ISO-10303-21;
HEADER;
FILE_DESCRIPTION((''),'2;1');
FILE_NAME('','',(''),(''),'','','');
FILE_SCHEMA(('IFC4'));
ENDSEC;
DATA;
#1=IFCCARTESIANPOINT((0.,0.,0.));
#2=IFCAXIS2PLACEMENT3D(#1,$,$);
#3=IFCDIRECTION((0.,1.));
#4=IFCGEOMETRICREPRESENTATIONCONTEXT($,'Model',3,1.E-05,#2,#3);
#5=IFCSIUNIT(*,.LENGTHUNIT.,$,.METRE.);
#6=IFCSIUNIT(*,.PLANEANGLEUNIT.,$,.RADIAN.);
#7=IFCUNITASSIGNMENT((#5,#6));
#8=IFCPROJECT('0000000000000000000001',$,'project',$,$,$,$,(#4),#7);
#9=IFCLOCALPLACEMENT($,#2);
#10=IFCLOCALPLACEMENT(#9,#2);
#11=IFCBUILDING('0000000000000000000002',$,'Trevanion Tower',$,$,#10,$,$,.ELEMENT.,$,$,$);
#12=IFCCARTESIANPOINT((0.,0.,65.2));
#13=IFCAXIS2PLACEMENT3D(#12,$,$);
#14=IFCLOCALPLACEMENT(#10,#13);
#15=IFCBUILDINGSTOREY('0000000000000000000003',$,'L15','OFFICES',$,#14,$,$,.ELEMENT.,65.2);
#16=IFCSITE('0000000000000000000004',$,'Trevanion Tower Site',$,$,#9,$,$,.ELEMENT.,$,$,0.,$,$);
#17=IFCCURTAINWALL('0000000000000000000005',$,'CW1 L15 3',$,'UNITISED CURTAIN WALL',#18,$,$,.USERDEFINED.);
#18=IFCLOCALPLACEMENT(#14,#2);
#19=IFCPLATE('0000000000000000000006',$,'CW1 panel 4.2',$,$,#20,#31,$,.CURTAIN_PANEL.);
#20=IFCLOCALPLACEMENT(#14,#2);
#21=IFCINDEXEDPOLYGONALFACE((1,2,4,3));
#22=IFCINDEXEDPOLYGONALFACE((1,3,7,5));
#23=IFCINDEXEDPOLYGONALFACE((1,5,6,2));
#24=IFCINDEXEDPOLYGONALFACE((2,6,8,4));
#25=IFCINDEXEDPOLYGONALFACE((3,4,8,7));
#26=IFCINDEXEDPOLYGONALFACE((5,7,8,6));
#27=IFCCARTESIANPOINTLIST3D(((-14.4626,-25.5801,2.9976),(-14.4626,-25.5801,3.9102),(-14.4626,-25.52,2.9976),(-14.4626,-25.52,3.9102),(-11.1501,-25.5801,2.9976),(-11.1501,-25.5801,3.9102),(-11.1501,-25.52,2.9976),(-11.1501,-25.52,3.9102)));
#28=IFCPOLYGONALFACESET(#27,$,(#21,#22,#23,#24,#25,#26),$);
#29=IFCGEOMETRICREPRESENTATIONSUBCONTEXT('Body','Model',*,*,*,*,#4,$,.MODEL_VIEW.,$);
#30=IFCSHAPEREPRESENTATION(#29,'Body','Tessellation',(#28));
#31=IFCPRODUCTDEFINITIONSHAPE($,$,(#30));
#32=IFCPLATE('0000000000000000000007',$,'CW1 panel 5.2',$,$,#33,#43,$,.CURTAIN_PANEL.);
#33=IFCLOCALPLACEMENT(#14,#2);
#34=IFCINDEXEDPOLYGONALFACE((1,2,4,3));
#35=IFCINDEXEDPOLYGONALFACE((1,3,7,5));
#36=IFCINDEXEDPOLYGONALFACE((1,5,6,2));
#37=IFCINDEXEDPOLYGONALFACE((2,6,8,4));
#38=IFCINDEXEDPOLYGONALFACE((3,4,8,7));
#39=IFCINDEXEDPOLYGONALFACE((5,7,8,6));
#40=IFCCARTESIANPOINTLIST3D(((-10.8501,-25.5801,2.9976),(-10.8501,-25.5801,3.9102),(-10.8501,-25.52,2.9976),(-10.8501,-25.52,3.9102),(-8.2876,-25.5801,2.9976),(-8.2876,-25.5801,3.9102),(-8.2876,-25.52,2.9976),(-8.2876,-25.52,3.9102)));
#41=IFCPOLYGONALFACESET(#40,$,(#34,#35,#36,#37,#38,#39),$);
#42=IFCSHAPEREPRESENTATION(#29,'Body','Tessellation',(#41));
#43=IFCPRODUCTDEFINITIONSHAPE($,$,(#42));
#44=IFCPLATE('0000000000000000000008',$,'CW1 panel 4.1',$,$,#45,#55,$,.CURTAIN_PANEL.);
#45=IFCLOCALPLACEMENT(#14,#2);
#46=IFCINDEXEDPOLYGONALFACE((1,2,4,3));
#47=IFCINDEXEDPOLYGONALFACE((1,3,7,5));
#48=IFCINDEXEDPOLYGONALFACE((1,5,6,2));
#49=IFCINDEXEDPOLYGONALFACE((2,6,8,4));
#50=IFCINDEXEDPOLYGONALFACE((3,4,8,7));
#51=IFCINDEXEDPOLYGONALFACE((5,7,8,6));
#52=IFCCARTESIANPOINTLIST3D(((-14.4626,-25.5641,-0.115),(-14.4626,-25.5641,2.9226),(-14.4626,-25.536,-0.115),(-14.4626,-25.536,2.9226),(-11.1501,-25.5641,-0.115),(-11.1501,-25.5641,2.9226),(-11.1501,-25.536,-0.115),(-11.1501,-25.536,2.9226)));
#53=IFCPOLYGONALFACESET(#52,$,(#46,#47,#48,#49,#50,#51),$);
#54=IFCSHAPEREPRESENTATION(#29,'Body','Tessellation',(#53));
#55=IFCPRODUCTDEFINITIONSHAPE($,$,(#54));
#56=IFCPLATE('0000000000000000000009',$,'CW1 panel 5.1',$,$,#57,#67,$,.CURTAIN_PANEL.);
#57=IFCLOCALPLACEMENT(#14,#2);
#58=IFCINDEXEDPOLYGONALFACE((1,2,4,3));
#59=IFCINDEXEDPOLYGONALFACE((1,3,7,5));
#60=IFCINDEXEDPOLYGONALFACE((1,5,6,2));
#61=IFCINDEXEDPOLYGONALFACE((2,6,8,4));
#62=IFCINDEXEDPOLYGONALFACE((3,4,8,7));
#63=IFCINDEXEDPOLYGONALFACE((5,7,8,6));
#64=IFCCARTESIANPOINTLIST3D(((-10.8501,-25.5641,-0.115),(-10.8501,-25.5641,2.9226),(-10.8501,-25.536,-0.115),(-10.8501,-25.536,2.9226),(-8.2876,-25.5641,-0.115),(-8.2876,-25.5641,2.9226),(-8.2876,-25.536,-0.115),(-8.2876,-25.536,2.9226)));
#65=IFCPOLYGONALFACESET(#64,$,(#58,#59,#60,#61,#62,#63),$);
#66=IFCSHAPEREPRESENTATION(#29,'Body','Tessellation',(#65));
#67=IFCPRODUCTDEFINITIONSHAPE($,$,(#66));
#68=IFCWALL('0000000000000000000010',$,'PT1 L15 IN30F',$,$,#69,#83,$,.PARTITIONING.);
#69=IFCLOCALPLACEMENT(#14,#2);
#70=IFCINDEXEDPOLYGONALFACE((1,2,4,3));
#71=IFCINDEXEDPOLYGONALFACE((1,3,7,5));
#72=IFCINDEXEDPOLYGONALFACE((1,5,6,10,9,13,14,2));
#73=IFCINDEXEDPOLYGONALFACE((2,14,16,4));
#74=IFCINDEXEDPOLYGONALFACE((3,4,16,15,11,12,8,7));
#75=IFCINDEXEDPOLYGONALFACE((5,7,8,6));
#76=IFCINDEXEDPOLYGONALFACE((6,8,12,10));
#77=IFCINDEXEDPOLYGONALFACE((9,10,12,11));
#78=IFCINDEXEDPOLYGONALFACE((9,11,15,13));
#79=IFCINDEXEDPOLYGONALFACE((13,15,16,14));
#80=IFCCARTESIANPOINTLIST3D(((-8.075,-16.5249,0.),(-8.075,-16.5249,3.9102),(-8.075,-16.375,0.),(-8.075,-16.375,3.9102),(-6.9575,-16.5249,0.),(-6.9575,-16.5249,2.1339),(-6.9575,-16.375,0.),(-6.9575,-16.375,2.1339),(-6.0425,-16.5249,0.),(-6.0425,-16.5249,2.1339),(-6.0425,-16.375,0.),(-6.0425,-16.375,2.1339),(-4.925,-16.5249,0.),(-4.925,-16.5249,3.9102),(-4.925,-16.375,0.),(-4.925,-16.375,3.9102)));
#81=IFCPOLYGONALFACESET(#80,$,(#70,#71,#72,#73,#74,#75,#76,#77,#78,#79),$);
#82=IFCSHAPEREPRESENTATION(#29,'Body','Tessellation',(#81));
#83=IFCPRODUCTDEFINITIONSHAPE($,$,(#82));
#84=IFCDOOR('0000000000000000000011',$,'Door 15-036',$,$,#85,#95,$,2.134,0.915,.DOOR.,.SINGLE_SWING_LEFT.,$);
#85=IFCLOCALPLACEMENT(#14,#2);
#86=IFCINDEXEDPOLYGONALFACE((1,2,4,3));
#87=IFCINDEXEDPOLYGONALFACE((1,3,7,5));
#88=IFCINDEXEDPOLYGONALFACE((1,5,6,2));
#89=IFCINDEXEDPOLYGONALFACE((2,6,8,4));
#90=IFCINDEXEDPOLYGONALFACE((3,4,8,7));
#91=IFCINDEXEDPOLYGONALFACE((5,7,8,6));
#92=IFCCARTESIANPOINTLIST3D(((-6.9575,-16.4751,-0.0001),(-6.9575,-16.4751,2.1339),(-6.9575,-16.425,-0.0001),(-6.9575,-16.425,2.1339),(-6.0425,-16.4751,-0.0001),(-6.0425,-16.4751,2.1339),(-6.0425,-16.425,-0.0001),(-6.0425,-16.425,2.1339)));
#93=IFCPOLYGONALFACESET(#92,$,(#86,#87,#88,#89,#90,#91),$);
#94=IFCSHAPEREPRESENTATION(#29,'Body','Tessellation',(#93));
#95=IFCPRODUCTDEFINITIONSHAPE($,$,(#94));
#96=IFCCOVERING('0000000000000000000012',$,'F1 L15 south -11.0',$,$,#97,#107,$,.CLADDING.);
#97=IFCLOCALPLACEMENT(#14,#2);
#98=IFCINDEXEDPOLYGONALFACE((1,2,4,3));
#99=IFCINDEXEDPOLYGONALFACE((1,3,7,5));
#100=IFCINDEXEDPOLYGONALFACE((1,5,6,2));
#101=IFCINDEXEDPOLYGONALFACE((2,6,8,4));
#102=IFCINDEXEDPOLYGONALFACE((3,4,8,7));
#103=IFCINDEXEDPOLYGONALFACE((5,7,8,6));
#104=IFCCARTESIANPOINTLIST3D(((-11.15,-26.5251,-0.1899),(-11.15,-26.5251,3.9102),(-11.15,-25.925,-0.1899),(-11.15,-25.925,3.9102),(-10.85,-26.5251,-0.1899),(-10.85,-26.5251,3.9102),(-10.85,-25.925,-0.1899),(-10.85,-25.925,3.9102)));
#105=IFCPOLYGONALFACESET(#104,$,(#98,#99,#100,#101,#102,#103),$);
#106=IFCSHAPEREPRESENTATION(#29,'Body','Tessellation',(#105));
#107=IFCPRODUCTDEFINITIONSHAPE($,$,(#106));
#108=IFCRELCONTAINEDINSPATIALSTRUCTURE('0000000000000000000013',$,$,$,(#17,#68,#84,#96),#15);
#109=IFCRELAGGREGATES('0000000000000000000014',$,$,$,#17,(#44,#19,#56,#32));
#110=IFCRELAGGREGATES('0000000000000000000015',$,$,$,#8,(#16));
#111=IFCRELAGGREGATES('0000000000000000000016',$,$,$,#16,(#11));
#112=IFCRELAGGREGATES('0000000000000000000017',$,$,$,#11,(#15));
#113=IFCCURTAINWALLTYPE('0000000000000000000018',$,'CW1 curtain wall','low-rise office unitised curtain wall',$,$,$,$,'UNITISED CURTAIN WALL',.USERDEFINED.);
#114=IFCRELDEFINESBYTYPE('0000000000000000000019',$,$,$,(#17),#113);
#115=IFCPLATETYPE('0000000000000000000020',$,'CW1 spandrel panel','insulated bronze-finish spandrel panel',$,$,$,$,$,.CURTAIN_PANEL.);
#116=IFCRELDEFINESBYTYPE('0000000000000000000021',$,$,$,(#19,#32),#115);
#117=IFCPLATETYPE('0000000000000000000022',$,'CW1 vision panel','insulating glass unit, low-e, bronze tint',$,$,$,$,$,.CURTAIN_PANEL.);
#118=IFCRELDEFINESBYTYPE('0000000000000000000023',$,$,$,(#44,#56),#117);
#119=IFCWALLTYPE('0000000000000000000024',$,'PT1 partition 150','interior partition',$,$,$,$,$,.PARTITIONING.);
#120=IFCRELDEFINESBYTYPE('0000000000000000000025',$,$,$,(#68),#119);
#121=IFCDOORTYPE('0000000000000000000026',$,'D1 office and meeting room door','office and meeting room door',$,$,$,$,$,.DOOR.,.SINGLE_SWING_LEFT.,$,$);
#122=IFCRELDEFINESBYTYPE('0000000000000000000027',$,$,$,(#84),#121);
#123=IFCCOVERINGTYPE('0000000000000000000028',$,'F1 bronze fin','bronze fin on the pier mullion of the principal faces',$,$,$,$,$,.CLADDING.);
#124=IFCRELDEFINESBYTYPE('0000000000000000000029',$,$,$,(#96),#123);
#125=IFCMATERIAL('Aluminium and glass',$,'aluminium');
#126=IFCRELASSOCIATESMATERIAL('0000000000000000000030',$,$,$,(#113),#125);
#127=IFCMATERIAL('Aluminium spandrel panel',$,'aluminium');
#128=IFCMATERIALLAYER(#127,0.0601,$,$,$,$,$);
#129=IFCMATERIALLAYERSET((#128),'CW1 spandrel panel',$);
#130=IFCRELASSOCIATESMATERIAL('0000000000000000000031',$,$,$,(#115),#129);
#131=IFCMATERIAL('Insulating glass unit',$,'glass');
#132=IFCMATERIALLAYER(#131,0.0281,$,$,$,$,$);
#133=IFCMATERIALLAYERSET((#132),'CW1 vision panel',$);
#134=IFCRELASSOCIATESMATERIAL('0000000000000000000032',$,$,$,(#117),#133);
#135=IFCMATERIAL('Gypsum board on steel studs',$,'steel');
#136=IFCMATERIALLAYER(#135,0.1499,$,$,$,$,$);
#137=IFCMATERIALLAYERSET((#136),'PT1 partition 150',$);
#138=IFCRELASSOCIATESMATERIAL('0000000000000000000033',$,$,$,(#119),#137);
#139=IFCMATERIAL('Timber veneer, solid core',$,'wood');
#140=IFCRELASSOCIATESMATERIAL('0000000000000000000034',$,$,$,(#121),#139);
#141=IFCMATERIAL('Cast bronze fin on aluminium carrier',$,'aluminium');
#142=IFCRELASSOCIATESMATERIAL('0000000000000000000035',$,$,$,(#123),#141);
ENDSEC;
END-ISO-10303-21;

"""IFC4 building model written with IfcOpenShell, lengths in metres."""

from ifc_helpers import new_model, si_unit, direction, frame, frame_2d, origin, origin_2d, place, context, subcontext, project, spatial, rectangle, extrude, material, layer, layer_set, type_object, element, fill, aggregate, save


model = new_model("IFC4")

# Units and contexts
model_context = context("Model", 3, precision=1e-05, world=origin(), true_north=direction((0.0, 1.0)))
body_context = subcontext(model_context, "Body", "Model", "MODEL_VIEW")
ifc_project = project(units=[si_unit("LENGTHUNIT", "METRE"), si_unit("PLANEANGLEUNIT", "RADIAN")], contexts=[model_context])

# Site, building, storey
site_placement = place(None, origin())
site = spatial("IfcSite", under=ifc_project, at=site_placement, Name="Trevanion Tower Site", CompositionType="ELEMENT", RefElevation=0.0)
building_placement = place(site_placement, origin())
building = spatial("IfcBuilding", under=site, at=building_placement, Name="Trevanion Tower", CompositionType="ELEMENT")
storey_placement = place(building_placement, frame((0.0, 0.0, 65.2)))
storey = spatial("IfcBuildingStorey", under=building, at=storey_placement, Name="L15", Description="OFFICES", CompositionType="ELEMENT", Elevation=65.2)

# Curtain wall
ifc_material_1 = material(Name="Aluminium and glass", Category="aluminium")
curtain_wall_type = type_object("IfcCurtainWallType", Name="CW1 curtain wall", Description="low-rise office unitised curtain wall", ElementType="UNITISED CURTAIN WALL", PredefinedType="USERDEFINED", material=ifc_material_1)
curtain_wall_placement = place(storey_placement, origin())
curtain_wall = element("IfcCurtainWall", 1, at=curtain_wall_placement, inside=storey, type_object=curtain_wall_type, Name="CW1 L15 3", ObjectType="UNITISED CURTAIN WALL", PredefinedType="USERDEFINED")

# Plates
ifc_material_2 = material(Name="Aluminium spandrel panel", Category="aluminium")
ifc_layer_1 = layer(ifc_material_2, 0.0601)
ifc_layer_set_1 = layer_set([ifc_layer_1], Name="CW1 spandrel panel")
plate_type_1 = type_object("IfcPlateType", Name="CW1 spandrel panel", Description="insulated bronze-finish spandrel panel", PredefinedType="CURTAIN_PANEL", material=ifc_layer_set_1)
plate_1_placement = place(storey_placement, frame((-12.8064, -25.55, 2.9976), z_axis=(0.0, 0.0, 1.0), x_axis=(1.0, 0.0, 0.0)))
plate_1 = element("IfcPlate", 2, at=plate_1_placement, type_object=plate_type_1, Name="CW1 panel 4.2", PredefinedType="CURTAIN_PANEL", context=body_context, shape_type="SweptSolid", body=[
    extrude(rectangle(XDim=3.3125, YDim=0.0601, at=origin_2d()), origin(), (0.0, 0.0, 1.0), 0.9126),
])
plate_2_placement = place(storey_placement, frame((-9.5688, -25.55, 2.9976), z_axis=(0.0, 0.0, 1.0), x_axis=(1.0, 0.0, 0.0)))
plate_2 = element("IfcPlate", 3, at=plate_2_placement, type_object=plate_type_1, Name="CW1 panel 5.2", PredefinedType="CURTAIN_PANEL", context=body_context, shape_type="SweptSolid", body=[
    extrude(rectangle(XDim=2.5625, YDim=0.0601, at=origin_2d()), origin(), (0.0, 0.0, 1.0), 0.9126),
])
ifc_material_3 = material(Name="Insulating glass unit", Category="glass")
ifc_layer_2 = layer(ifc_material_3, 0.0281)
ifc_layer_set_2 = layer_set([ifc_layer_2], Name="CW1 vision panel")
plate_type_2 = type_object("IfcPlateType", Name="CW1 vision panel", Description="insulating glass unit, low-e, bronze tint", PredefinedType="CURTAIN_PANEL", material=ifc_layer_set_2)
plate_3_placement = place(storey_placement, frame((-12.8064, -25.55, -0.115), z_axis=(0.0, 0.0, 1.0), x_axis=(1.0, 0.0, 0.0)))
plate_3 = element("IfcPlate", 4, at=plate_3_placement, type_object=plate_type_2, Name="CW1 panel 4.1", PredefinedType="CURTAIN_PANEL", context=body_context, shape_type="SweptSolid", body=[
    extrude(rectangle(XDim=3.3125, YDim=0.0281, at=origin_2d()), origin(), (0.0, 0.0, 1.0), 3.0376),
])
plate_4_placement = place(storey_placement, frame((-9.5688, -25.55, -0.115), z_axis=(0.0, 0.0, 1.0), x_axis=(1.0, 0.0, 0.0)))
plate_4 = element("IfcPlate", 5, at=plate_4_placement, type_object=plate_type_2, Name="CW1 panel 5.1", PredefinedType="CURTAIN_PANEL", context=body_context, shape_type="SweptSolid", body=[
    extrude(rectangle(XDim=2.5625, YDim=0.0281, at=origin_2d()), origin(), (0.0, 0.0, 1.0), 3.0376),
])
aggregate(curtain_wall, [plate_3, plate_1, plate_4, plate_2])

# Wall, opening, door
ifc_material_4 = material(Name="Gypsum board on steel studs", Category="steel")
ifc_layer_3 = layer(ifc_material_4, 0.1499)
ifc_layer_set_3 = layer_set([ifc_layer_3], Name="PT1 partition 150")
wall_type = type_object("IfcWallType", Name="PT1 partition 150", Description="interior partition", PredefinedType="PARTITIONING", material=ifc_layer_set_3)
wall_placement = place(storey_placement, frame((-8.075, -16.45, 0.0), z_axis=(0.0, 0.0, 1.0), x_axis=(1.0, 0.0, 0.0)))
wall = element("IfcWall", 6, at=wall_placement, inside=storey, type_object=wall_type, Name="PT1 L15 IN30F", PredefinedType="PARTITIONING", context=body_context, shape_type="SweptSolid", body=[
    extrude(rectangle(XDim=3.1499, YDim=0.1499, at=frame_2d((1.575, 0.0))), origin(), (0.0, 0.0, 1.0), 3.9102),
])
opening_placement = place(wall_placement, frame((1.1174, 0.0, 0.0)))
opening = element("IfcOpeningElement", 7, at=opening_placement, cuts=wall, PredefinedType="OPENING", context=body_context, shape_type="SweptSolid", body=[
    extrude(rectangle(XDim=0.915, YDim=2.134, at=frame_2d((0.4575, 1.0669))), frame((0.0, 0.085, 0.0), z_axis=(0.0, -1.0, 0.0), x_axis=(1.0, 0.0, 0.0)), (0.0, 0.0, 1.0), 0.1699),
])
ifc_material_5 = material(Name="Timber veneer, solid core", Category="wood")
door_type = type_object("IfcDoorType", Name="D1 office and meeting room door", Description="office and meeting room door", OperationType="SINGLE_SWING_LEFT", PredefinedType="DOOR", material=ifc_material_5)
door_placement = place(opening_placement, origin())
door = element("IfcDoor", 8, at=door_placement, inside=storey, type_object=door_type, Name="Door 15-036", OperationType="SINGLE_SWING_LEFT", OverallHeight=2.134, OverallWidth=0.915, PredefinedType="DOOR", context=body_context, shape_type="SweptSolid", body=[
    extrude(rectangle(XDim=0.915, YDim=2.134, at=frame_2d((0.4575, 1.0669))), frame((0.0, 0.0249, 0.0), z_axis=(0.0, -1.0, 0.0), x_axis=(1.0, 0.0, 0.0)), (0.0, 0.0, 1.0), 0.05),
])
fill(opening, door)

# Covering
ifc_material_6 = material(Name="Cast bronze fin on aluminium carrier", Category="aluminium")
covering_type = type_object("IfcCoveringType", Name="F1 bronze fin", Description="bronze fin on the pier mullion of the principal faces", PredefinedType="CLADDING", material=ifc_material_6)
covering_placement = place(storey_placement, frame((-11.0, -26.2251, -0.1899), z_axis=(0.0, 0.0, 1.0), x_axis=(1.0, 0.0, 0.0)))
element("IfcCovering", 9, at=covering_placement, inside=storey, type_object=covering_type, Name="F1 L15 south -11.0", PredefinedType="CLADDING", context=body_context, shape_type="SweptSolid", body=[
    extrude(rectangle(XDim=0.3, YDim=0.6001, at=origin_2d()), origin(), (0.0, 0.0, 1.0), 4.1001),
])

save(model, "model.ifc")
